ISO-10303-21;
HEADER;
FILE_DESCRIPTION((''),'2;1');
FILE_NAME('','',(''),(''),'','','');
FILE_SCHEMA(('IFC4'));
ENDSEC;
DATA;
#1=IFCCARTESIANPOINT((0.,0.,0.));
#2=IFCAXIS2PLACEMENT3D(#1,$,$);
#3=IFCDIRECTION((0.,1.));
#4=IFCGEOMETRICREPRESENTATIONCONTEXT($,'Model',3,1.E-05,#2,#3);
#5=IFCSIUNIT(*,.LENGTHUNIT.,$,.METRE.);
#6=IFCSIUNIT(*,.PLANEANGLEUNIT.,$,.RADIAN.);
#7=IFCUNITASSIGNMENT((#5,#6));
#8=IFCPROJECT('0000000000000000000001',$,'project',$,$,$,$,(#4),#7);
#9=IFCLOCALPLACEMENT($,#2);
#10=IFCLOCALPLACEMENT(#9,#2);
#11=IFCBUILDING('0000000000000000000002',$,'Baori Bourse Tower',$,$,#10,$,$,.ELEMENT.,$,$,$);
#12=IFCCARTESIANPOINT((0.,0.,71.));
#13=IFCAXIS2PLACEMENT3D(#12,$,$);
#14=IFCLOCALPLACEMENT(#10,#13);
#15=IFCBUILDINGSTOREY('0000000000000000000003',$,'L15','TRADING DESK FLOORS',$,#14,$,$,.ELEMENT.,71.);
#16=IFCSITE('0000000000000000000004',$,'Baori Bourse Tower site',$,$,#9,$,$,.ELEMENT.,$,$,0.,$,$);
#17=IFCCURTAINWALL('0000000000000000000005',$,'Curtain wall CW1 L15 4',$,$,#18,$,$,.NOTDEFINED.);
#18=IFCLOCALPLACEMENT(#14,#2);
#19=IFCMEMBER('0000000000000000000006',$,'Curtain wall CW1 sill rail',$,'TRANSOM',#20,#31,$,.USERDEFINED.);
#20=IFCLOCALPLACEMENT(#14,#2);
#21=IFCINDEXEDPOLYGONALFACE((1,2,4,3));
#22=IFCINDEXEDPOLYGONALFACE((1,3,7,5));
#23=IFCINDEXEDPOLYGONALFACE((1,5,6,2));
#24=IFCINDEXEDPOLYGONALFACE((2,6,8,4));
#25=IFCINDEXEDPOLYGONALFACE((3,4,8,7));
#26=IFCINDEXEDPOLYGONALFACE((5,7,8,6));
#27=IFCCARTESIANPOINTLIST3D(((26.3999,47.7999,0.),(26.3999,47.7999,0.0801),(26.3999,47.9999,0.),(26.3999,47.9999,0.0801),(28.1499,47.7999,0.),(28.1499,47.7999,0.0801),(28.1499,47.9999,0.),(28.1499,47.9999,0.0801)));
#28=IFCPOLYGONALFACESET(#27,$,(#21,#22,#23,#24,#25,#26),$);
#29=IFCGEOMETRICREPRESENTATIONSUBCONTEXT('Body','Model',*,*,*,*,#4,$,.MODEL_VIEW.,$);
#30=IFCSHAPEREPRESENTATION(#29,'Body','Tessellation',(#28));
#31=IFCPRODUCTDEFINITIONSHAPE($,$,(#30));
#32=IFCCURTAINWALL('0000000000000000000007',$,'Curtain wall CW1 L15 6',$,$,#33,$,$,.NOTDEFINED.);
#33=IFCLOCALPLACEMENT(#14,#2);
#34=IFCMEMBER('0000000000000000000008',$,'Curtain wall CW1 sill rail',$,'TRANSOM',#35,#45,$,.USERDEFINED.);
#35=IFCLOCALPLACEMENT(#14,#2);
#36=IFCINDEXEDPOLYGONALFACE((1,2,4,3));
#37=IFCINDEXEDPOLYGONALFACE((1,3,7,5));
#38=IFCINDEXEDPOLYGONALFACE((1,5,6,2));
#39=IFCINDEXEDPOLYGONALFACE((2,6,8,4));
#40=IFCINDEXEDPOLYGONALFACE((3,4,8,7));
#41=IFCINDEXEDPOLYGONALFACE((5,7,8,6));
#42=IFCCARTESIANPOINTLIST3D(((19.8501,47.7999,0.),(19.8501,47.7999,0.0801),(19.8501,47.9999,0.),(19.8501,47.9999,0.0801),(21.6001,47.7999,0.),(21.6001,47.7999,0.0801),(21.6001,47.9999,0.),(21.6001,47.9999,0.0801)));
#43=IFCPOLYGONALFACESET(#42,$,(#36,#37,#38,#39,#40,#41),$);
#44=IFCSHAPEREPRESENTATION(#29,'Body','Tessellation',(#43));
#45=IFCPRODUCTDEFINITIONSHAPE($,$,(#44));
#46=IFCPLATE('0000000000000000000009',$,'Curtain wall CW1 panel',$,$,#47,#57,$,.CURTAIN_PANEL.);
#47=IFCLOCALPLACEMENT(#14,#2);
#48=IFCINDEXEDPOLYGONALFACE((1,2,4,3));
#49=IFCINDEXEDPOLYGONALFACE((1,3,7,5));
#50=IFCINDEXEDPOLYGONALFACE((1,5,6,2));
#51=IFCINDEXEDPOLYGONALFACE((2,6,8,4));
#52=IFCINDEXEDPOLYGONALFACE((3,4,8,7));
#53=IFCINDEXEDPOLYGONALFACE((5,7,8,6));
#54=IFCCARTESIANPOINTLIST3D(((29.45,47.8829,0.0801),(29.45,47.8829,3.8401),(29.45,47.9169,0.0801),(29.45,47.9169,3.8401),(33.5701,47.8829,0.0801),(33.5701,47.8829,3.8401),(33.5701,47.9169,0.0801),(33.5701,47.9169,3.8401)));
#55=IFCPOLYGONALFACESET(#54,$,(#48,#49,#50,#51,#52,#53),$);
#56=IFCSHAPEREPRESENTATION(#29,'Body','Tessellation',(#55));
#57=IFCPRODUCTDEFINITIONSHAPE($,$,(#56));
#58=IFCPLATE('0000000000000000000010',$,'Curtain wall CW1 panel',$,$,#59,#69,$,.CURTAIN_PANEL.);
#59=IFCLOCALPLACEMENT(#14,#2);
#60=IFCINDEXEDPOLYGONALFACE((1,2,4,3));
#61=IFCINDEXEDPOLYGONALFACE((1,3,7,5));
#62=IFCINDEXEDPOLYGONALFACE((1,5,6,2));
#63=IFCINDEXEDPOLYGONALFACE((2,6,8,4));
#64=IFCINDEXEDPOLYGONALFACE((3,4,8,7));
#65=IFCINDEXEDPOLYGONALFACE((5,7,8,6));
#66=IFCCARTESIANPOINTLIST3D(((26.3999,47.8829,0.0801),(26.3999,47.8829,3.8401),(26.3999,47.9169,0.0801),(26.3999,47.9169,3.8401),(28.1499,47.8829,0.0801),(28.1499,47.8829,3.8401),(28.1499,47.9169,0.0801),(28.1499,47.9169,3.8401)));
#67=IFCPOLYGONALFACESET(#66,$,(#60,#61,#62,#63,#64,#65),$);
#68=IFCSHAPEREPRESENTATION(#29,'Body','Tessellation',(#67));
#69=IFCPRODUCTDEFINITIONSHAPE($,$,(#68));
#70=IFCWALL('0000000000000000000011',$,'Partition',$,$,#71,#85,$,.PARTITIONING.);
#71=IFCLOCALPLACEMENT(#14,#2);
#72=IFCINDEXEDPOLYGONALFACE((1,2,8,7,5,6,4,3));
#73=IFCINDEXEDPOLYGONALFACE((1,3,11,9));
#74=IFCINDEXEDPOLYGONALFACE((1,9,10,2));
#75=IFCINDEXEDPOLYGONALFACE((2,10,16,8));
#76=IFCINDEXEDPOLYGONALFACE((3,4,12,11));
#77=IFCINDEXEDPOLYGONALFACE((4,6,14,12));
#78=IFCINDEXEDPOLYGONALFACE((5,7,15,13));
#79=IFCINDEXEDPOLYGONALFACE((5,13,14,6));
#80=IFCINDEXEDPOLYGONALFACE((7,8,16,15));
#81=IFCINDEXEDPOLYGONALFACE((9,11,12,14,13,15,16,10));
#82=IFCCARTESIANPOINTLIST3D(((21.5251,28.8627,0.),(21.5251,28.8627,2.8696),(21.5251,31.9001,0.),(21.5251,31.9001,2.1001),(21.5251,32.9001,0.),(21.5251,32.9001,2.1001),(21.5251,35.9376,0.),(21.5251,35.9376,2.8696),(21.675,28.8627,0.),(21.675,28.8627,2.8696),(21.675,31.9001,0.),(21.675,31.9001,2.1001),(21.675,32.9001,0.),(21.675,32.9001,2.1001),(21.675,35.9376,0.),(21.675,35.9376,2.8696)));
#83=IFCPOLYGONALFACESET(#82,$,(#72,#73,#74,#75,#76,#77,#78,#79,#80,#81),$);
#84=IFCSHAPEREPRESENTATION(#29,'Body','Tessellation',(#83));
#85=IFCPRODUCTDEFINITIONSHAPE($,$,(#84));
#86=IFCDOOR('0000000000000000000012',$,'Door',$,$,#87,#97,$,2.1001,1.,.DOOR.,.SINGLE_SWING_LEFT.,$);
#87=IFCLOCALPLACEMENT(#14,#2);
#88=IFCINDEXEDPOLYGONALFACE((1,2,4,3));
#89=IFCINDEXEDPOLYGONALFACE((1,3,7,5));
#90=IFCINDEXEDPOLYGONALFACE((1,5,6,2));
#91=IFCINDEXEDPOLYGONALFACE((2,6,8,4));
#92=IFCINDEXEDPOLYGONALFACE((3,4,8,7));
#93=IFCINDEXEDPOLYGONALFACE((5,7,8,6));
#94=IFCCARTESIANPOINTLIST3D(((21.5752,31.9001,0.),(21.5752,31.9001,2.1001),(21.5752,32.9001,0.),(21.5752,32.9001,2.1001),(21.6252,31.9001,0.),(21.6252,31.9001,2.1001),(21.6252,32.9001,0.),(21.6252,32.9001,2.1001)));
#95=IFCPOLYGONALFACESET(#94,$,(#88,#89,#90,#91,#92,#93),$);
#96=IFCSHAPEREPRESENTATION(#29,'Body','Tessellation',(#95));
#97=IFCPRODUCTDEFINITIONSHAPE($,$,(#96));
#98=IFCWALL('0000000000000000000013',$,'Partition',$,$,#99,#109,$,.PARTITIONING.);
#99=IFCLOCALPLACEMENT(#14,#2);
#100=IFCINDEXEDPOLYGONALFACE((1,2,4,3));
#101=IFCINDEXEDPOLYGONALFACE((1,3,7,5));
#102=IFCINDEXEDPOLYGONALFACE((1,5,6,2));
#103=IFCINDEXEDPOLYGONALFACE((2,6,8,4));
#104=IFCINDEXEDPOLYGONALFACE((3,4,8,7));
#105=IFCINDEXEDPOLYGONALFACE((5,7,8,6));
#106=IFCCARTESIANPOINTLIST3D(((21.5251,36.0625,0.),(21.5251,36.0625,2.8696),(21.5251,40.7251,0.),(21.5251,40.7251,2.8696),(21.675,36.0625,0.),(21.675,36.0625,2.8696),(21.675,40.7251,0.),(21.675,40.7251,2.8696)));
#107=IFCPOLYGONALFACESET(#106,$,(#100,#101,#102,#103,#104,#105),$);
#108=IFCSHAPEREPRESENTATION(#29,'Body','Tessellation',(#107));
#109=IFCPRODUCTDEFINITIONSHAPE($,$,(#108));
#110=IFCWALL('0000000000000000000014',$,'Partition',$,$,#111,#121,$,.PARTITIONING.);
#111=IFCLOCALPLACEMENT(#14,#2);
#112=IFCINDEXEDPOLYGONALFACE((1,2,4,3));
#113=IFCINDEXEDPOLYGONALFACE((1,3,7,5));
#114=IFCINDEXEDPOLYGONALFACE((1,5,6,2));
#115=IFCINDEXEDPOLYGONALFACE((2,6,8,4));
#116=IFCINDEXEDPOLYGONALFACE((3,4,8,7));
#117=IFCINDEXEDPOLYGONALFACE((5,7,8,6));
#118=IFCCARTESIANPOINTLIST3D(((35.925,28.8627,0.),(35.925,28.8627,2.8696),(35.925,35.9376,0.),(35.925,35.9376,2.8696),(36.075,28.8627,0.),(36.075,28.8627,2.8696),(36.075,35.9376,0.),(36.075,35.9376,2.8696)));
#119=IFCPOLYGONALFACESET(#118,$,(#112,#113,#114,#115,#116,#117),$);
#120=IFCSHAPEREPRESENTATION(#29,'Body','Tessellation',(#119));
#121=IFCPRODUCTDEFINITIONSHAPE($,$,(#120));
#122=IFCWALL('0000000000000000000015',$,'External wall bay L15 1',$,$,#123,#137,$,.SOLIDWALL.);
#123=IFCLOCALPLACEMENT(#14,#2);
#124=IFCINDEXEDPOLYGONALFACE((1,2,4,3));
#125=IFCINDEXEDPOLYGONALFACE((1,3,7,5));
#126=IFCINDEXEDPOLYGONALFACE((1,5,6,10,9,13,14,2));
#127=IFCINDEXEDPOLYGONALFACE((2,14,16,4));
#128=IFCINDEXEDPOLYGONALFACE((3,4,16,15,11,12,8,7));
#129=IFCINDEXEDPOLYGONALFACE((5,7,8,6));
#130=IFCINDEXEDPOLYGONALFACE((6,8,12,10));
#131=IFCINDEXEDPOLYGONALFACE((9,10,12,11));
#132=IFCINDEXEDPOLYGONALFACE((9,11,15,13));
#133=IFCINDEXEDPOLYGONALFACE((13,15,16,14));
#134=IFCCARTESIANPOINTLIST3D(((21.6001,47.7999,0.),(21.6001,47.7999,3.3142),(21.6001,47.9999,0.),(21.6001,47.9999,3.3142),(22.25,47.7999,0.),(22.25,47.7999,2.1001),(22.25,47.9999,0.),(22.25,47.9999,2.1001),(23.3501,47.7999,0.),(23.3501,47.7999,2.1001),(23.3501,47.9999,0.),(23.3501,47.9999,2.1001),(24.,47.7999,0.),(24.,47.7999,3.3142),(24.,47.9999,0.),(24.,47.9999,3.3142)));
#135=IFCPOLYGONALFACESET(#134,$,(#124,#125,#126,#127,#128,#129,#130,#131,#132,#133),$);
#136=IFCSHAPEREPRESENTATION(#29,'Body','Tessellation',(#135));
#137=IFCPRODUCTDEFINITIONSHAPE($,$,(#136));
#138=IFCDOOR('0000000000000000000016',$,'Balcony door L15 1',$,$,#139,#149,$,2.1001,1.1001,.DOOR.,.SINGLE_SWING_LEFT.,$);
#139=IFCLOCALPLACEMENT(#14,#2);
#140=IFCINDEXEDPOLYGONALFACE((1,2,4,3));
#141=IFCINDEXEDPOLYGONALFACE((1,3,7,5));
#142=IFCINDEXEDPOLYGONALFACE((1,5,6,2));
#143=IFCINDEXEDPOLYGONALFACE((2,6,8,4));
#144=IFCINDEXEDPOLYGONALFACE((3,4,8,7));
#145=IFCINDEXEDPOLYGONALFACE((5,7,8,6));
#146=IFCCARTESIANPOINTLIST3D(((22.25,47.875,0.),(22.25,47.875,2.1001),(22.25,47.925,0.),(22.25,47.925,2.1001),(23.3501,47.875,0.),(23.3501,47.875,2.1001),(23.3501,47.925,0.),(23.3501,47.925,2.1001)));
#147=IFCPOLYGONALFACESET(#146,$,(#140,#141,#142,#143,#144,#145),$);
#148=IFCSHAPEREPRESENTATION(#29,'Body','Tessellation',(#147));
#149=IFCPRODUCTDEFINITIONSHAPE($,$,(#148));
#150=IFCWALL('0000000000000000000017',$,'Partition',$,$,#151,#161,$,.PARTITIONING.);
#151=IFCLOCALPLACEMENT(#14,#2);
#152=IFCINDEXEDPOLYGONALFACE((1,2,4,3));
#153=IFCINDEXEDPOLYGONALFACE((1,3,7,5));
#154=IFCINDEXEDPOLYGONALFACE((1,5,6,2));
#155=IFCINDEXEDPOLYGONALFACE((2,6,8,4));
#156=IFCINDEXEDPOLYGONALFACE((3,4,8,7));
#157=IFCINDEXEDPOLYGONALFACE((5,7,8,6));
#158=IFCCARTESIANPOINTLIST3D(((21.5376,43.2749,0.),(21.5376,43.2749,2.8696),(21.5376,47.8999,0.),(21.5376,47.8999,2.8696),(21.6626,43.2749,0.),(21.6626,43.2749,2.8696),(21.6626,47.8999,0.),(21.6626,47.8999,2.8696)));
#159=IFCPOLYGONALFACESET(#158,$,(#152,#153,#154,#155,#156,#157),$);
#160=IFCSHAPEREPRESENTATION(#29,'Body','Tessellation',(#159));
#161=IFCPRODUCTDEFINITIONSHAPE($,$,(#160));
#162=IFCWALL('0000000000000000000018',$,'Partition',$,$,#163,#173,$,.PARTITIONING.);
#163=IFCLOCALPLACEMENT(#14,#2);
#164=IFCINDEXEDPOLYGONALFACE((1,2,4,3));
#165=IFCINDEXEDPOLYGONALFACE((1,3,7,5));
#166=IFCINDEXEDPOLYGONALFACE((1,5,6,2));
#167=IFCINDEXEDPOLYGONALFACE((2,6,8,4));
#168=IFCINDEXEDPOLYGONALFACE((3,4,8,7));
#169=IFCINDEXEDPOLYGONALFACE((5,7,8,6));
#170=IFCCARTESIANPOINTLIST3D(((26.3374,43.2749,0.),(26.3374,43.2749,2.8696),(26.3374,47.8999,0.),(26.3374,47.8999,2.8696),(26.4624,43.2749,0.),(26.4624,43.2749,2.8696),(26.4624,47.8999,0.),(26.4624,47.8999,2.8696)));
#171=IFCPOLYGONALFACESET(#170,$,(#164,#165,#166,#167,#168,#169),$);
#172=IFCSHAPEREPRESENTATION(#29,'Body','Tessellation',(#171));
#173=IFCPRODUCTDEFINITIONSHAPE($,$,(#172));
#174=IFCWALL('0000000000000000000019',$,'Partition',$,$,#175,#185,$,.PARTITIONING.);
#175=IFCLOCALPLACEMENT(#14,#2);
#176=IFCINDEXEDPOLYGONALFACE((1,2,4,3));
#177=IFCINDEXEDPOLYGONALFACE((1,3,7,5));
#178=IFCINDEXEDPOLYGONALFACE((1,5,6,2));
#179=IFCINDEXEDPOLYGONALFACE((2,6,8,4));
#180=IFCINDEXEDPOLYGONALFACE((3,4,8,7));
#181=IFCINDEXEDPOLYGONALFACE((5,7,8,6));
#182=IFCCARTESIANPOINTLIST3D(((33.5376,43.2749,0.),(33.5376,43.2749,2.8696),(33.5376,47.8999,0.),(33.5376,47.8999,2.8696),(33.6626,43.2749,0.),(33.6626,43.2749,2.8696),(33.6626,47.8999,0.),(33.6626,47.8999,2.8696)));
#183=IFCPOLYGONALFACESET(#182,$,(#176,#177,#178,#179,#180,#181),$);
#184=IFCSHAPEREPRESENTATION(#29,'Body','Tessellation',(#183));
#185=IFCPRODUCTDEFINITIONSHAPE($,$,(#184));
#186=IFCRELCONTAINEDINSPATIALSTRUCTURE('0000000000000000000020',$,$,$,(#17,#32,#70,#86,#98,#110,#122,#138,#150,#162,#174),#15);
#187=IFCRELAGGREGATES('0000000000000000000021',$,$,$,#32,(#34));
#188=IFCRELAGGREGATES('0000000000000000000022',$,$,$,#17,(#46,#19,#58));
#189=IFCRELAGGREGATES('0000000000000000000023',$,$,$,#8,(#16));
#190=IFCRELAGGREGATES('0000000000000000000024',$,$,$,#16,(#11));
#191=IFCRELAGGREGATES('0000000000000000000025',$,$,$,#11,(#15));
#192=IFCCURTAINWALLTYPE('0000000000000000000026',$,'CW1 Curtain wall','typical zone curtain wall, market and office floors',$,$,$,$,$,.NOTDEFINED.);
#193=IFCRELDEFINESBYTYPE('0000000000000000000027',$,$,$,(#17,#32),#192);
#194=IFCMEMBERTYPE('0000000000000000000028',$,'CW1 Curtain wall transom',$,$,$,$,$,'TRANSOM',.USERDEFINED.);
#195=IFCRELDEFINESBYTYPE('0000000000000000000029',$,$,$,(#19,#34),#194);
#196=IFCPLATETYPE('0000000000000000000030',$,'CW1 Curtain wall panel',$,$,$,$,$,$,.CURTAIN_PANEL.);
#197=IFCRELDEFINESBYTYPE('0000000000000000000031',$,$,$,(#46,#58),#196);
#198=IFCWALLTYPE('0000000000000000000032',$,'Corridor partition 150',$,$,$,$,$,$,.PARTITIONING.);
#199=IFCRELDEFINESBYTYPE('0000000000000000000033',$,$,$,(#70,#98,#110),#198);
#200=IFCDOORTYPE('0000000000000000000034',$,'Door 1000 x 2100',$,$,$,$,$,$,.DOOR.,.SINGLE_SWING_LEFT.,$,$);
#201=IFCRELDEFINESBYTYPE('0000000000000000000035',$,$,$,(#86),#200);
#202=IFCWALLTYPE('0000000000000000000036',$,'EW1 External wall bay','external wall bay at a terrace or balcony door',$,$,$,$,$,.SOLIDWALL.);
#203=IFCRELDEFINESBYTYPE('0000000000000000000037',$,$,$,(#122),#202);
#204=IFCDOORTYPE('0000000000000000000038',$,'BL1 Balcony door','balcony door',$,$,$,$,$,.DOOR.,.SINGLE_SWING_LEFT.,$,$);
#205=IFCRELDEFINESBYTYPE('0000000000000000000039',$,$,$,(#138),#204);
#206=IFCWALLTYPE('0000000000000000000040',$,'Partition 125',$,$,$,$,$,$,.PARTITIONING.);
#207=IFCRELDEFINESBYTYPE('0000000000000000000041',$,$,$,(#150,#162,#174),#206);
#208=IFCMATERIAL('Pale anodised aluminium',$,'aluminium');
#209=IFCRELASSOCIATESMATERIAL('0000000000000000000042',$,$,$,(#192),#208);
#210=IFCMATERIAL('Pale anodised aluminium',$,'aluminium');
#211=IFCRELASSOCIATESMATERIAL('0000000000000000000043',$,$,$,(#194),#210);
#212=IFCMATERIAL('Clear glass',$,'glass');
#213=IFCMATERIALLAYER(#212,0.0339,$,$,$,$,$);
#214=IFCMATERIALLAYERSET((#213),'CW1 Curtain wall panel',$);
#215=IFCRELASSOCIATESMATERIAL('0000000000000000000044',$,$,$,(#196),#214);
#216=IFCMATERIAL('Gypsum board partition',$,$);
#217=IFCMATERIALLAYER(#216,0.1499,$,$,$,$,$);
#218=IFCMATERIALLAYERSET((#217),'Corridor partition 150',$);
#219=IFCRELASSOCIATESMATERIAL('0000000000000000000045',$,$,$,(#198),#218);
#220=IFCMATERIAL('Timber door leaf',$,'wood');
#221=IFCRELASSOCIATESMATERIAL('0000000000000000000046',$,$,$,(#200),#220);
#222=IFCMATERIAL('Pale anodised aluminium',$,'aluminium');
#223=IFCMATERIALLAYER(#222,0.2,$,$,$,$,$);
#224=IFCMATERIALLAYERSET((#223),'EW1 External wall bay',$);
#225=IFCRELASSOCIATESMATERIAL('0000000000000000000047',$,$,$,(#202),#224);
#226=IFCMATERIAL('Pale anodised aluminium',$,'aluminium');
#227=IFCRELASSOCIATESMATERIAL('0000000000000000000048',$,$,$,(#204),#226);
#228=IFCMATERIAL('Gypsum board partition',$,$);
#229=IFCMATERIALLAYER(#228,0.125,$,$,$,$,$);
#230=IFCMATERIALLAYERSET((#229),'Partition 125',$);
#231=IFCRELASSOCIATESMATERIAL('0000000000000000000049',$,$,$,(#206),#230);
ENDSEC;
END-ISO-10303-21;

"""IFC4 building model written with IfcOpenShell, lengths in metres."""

from ifc_helpers import new_model, si_unit, direction, frame, frame_2d, origin, origin_2d, place, context, subcontext, project, spatial, rectangle, extrude, material, layer, layer_set, material_profile, profile_set, type_object, element, fill, aggregate, save


model = new_model("IFC4")

# Units and contexts
model_context = context("Model", 3, precision=1e-05, world=origin(), true_north=direction((0.0, 1.0)))
body_context = subcontext(model_context, "Body", "Model", "MODEL_VIEW")
ifc_project = project(units=[si_unit("LENGTHUNIT", "METRE"), si_unit("PLANEANGLEUNIT", "RADIAN")], contexts=[model_context])

# Site, building, storey
site_placement = place(None, origin())
site = spatial("IfcSite", under=ifc_project, at=site_placement, Name="Baori Bourse Tower site", CompositionType="ELEMENT", RefElevation=0.0)
building_placement = place(site_placement, origin())
building = spatial("IfcBuilding", under=site, at=building_placement, Name="Baori Bourse Tower", CompositionType="ELEMENT")
storey_placement = place(building_placement, frame((0.0, 0.0, 71.0)))
storey = spatial("IfcBuildingStorey", under=building, at=storey_placement, Name="L15", Description="TRADING DESK FLOORS", CompositionType="ELEMENT", Elevation=71.0)

# Curtain walls, members
ifc_material_1 = material(Name="Pale anodised aluminium", Category="aluminium")
curtain_wall_type = type_object("IfcCurtainWallType", Name="CW1 Curtain wall", Description="typical zone curtain wall, market and office floors", PredefinedType="NOTDEFINED", material=ifc_material_1)
curtain_wall_1_placement = place(storey_placement, origin())
curtain_wall_1 = element("IfcCurtainWall", 1, at=curtain_wall_1_placement, inside=storey, type_object=curtain_wall_type, Name="Curtain wall CW1 L15 4", PredefinedType="NOTDEFINED")
ifc_material_2 = material(Name="Pale anodised aluminium", Category="aluminium")
ifc_material_profile = material_profile(ifc_material_2, rectangle(XDim=0.2, YDim=0.0801, at=origin_2d()), Name="Transom 80x200")
ifc_profile_set = profile_set([ifc_material_profile], Name="Pale anodised aluminium")
member_type = type_object("IfcMemberType", Name="CW1 Curtain wall transom", ElementType="TRANSOM", PredefinedType="USERDEFINED", material=ifc_profile_set)
member_1_placement = place(storey_placement, frame((28.1499, 47.8999, 0.04), z_axis=(-1.0, 0.0, 0.0), x_axis=(0.0, -1.0, 0.0)))
member_1 = element("IfcMember", 2, at=member_1_placement, type_object=member_type, Name="Curtain wall CW1 sill rail", ObjectType="TRANSOM", PredefinedType="USERDEFINED", context=body_context, shape_type="SweptSolid", body=[
    extrude(rectangle(XDim=0.2, YDim=0.0801, at=origin_2d()), origin(), (0.0, 0.0, 1.0), 1.75),
])
curtain_wall_2_placement = place(storey_placement, origin())
curtain_wall_2 = element("IfcCurtainWall", 3, at=curtain_wall_2_placement, inside=storey, type_object=curtain_wall_type, Name="Curtain wall CW1 L15 6", PredefinedType="NOTDEFINED")
member_2_placement = place(storey_placement, frame((21.6001, 47.8999, 0.04), z_axis=(-1.0, 0.0, 0.0), x_axis=(0.0, -1.0, 0.0)))
member_2 = element("IfcMember", 4, at=member_2_placement, type_object=member_type, Name="Curtain wall CW1 sill rail", ObjectType="TRANSOM", PredefinedType="USERDEFINED", context=body_context, shape_type="SweptSolid", body=[
    extrude(rectangle(XDim=0.2, YDim=0.0801, at=origin_2d()), origin(), (0.0, 0.0, 1.0), 1.75),
])
aggregate(curtain_wall_2, [member_2])

# Plates
ifc_material_3 = material(Name="Clear glass", Category="glass")
ifc_layer_1 = layer(ifc_material_3, 0.0339)
ifc_layer_set_1 = layer_set([ifc_layer_1], Name="CW1 Curtain wall panel")
plate_type = type_object("IfcPlateType", Name="CW1 Curtain wall panel", PredefinedType="CURTAIN_PANEL", material=ifc_layer_set_1)
plate_1_placement = place(storey_placement, frame((31.51, 47.8999, 0.0801), z_axis=(0.0, 0.0, 1.0), x_axis=(-1.0, 0.0, 0.0)))
plate_1 = element("IfcPlate", 5, at=plate_1_placement, type_object=plate_type, Name="Curtain wall CW1 panel", PredefinedType="CURTAIN_PANEL", context=body_context, shape_type="SweptSolid", body=[
    extrude(rectangle(XDim=4.1201, YDim=0.0339, at=origin_2d()), origin(), (0.0, 0.0, 1.0), 3.76),
])
plate_2_placement = place(storey_placement, frame((27.2749, 47.8999, 0.0801), z_axis=(0.0, 0.0, 1.0), x_axis=(-1.0, 0.0, 0.0)))
plate_2 = element("IfcPlate", 6, at=plate_2_placement, type_object=plate_type, Name="Curtain wall CW1 panel", PredefinedType="CURTAIN_PANEL", context=body_context, shape_type="SweptSolid", body=[
    extrude(rectangle(XDim=1.75, YDim=0.0339, at=origin_2d()), origin(), (0.0, 0.0, 1.0), 3.76),
])
aggregate(curtain_wall_1, [plate_1, member_1, plate_2])

# Wall, opening, door
ifc_material_4 = material(Name="Gypsum board partition")
ifc_layer_2 = layer(ifc_material_4, 0.1499)
ifc_layer_set_2 = layer_set([ifc_layer_2], Name="Corridor partition 150")
wall_type_1 = type_object("IfcWallType", Name="Corridor partition 150", PredefinedType="PARTITIONING", material=ifc_layer_set_2)
wall_1_placement = place(storey_placement, frame((21.6001, 28.8625, 0.0), z_axis=(0.0, 0.0, 1.0), x_axis=(0.0, 1.0, 0.0)))
wall_1 = element("IfcWall", 7, at=wall_1_placement, inside=storey, type_object=wall_type_1, Name="Partition", PredefinedType="PARTITIONING", context=body_context, shape_type="SweptSolid", body=[
    extrude(rectangle(XDim=7.075, YDim=0.1499, at=frame_2d((3.5376, 0.0))), origin(), (0.0, 0.0, 1.0), 2.8696),
])
opening_1_placement = place(wall_1_placement, frame((3.0376, 0.0, 0.0)))
opening_1 = element("IfcOpeningElement", 8, at=opening_1_placement, cuts=wall_1, PredefinedType="OPENING", context=body_context, shape_type="SweptSolid", body=[
    extrude(rectangle(XDim=1.0, YDim=2.1001, at=frame_2d((0.5, 1.05))), frame((0.0, 0.085, 0.0), z_axis=(0.0, -1.0, 0.0), x_axis=(1.0, 0.0, 0.0)), (0.0, 0.0, 1.0), 0.1699),
])
ifc_material_5 = material(Name="Timber door leaf", Category="wood")
door_type_1 = type_object("IfcDoorType", Name="Door 1000 x 2100", OperationType="SINGLE_SWING_LEFT", PredefinedType="DOOR", material=ifc_material_5)
door_1_placement = place(opening_1_placement, origin())
door_1 = element("IfcDoor", 9, at=door_1_placement, inside=storey, type_object=door_type_1, Name="Door", OperationType="SINGLE_SWING_LEFT", OverallHeight=2.1001, OverallWidth=1.0, PredefinedType="DOOR", context=body_context, shape_type="SweptSolid", body=[
    extrude(rectangle(XDim=1.0, YDim=2.1001, at=frame_2d((0.5, 1.05))), frame((0.0, 0.0249, 0.0), z_axis=(0.0, -1.0, 0.0), x_axis=(1.0, 0.0, 0.0)), (0.0, 0.0, 1.0), 0.05),
])
fill(opening_1, door_1)

# Walls
wall_2_placement = place(storey_placement, frame((21.6001, 36.0625, 0.0), z_axis=(0.0, 0.0, 1.0), x_axis=(0.0, 1.0, 0.0)))
element("IfcWall", 10, at=wall_2_placement, inside=storey, type_object=wall_type_1, Name="Partition", PredefinedType="PARTITIONING", context=body_context, shape_type="SweptSolid", body=[
    extrude(rectangle(XDim=4.6626, YDim=0.1499, at=frame_2d((2.3313, 0.0))), origin(), (0.0, 0.0, 1.0), 2.8696),
])
wall_3_placement = place(storey_placement, frame((36.0, 28.8625, 0.0), z_axis=(0.0, 0.0, 1.0), x_axis=(0.0, 1.0, 0.0)))
element("IfcWall", 11, at=wall_3_placement, inside=storey, type_object=wall_type_1, Name="Partition", PredefinedType="PARTITIONING", context=body_context, shape_type="SweptSolid", body=[
    extrude(rectangle(XDim=7.075, YDim=0.1499, at=frame_2d((3.5376, 0.0))), origin(), (0.0, 0.0, 1.0), 2.8696),
])

# Wall, opening, door
ifc_material_6 = material(Name="Pale anodised aluminium", Category="aluminium")
ifc_layer_3 = layer(ifc_material_6, 0.2)
ifc_layer_set_3 = layer_set([ifc_layer_3], Name="EW1 External wall bay")
wall_type_2 = type_object("IfcWallType", Name="EW1 External wall bay", Description="external wall bay at a terrace or balcony door", PredefinedType="SOLIDWALL", material=ifc_layer_set_3)
wall_4_placement = place(storey_placement, frame((24.0, 47.8999, 0.0), z_axis=(0.0, 0.0, 1.0), x_axis=(-1.0, 0.0, 0.0)))
wall_4 = element("IfcWall", 12, at=wall_4_placement, inside=storey, type_object=wall_type_2, Name="External wall bay L15 1", PredefinedType="SOLIDWALL", context=body_context, shape_type="SweptSolid", body=[
    extrude(rectangle(XDim=2.3999, YDim=0.2, at=frame_2d((1.2, 0.0))), origin(), (0.0, 0.0, 1.0), 3.3142),
])
opening_2_placement = place(wall_4_placement, frame((0.6499, 0.0, 0.0)))
opening_2 = element("IfcOpeningElement", 13, at=opening_2_placement, cuts=wall_4, PredefinedType="OPENING", context=body_context, shape_type="SweptSolid", body=[
    extrude(rectangle(XDim=1.1001, YDim=2.1001, at=frame_2d((0.55, 1.05))), frame((0.0, 0.1099, 0.0), z_axis=(0.0, -1.0, 0.0), x_axis=(1.0, 0.0, 0.0)), (0.0, 0.0, 1.0), 0.22),
])
ifc_material_7 = material(Name="Pale anodised aluminium", Category="aluminium")
door_type_2 = type_object("IfcDoorType", Name="BL1 Balcony door", Description="balcony door", OperationType="SINGLE_SWING_LEFT", PredefinedType="DOOR", material=ifc_material_7)
door_2_placement = place(opening_2_placement, origin())
door_2 = element("IfcDoor", 14, at=door_2_placement, inside=storey, type_object=door_type_2, Name="Balcony door L15 1", OperationType="SINGLE_SWING_LEFT", OverallHeight=2.1001, OverallWidth=1.1001, PredefinedType="DOOR", context=body_context, shape_type="SweptSolid", body=[
    extrude(rectangle(XDim=1.1001, YDim=2.1001, at=frame_2d((0.55, 1.05))), frame((0.0, 0.0249, 0.0), z_axis=(0.0, -1.0, 0.0), x_axis=(1.0, 0.0, 0.0)), (0.0, 0.0, 1.0), 0.05),
])
fill(opening_2, door_2)

# Walls
ifc_material_8 = material(Name="Gypsum board partition")
ifc_layer_4 = layer(ifc_material_8, 0.125)
ifc_layer_set_4 = layer_set([ifc_layer_4], Name="Partition 125")
wall_type_3 = type_object("IfcWallType", Name="Partition 125", PredefinedType="PARTITIONING", material=ifc_layer_set_4)
for number, where, z_axis, x_axis, name in (
    (15, (21.6001, 43.2749, 0.0), (0.0, 0.0, 1.0), (0.0, 1.0, 0.0), "Partition"),
    (16, (26.3999, 43.2749, 0.0), (0.0, 0.0, 1.0), (0.0, 1.0, 0.0), "Partition"),
    (17, (33.6001, 43.2749, 0.0), (0.0, 0.0, 1.0), (0.0, 1.0, 0.0), "Partition"),
):
    element("IfcWall", number, at=place(storey_placement, frame(where, z_axis=z_axis, x_axis=x_axis)), inside=storey, type_object=wall_type_3, Name=name, PredefinedType="PARTITIONING", context=body_context, shape_type="SweptSolid", body=[
        extrude(rectangle(XDim=4.625, YDim=0.125, at=frame_2d((2.3125, 0.0))), origin(), (0.0, 0.0, 1.0), 2.8696),
    ])

save(model, "model.ifc")
